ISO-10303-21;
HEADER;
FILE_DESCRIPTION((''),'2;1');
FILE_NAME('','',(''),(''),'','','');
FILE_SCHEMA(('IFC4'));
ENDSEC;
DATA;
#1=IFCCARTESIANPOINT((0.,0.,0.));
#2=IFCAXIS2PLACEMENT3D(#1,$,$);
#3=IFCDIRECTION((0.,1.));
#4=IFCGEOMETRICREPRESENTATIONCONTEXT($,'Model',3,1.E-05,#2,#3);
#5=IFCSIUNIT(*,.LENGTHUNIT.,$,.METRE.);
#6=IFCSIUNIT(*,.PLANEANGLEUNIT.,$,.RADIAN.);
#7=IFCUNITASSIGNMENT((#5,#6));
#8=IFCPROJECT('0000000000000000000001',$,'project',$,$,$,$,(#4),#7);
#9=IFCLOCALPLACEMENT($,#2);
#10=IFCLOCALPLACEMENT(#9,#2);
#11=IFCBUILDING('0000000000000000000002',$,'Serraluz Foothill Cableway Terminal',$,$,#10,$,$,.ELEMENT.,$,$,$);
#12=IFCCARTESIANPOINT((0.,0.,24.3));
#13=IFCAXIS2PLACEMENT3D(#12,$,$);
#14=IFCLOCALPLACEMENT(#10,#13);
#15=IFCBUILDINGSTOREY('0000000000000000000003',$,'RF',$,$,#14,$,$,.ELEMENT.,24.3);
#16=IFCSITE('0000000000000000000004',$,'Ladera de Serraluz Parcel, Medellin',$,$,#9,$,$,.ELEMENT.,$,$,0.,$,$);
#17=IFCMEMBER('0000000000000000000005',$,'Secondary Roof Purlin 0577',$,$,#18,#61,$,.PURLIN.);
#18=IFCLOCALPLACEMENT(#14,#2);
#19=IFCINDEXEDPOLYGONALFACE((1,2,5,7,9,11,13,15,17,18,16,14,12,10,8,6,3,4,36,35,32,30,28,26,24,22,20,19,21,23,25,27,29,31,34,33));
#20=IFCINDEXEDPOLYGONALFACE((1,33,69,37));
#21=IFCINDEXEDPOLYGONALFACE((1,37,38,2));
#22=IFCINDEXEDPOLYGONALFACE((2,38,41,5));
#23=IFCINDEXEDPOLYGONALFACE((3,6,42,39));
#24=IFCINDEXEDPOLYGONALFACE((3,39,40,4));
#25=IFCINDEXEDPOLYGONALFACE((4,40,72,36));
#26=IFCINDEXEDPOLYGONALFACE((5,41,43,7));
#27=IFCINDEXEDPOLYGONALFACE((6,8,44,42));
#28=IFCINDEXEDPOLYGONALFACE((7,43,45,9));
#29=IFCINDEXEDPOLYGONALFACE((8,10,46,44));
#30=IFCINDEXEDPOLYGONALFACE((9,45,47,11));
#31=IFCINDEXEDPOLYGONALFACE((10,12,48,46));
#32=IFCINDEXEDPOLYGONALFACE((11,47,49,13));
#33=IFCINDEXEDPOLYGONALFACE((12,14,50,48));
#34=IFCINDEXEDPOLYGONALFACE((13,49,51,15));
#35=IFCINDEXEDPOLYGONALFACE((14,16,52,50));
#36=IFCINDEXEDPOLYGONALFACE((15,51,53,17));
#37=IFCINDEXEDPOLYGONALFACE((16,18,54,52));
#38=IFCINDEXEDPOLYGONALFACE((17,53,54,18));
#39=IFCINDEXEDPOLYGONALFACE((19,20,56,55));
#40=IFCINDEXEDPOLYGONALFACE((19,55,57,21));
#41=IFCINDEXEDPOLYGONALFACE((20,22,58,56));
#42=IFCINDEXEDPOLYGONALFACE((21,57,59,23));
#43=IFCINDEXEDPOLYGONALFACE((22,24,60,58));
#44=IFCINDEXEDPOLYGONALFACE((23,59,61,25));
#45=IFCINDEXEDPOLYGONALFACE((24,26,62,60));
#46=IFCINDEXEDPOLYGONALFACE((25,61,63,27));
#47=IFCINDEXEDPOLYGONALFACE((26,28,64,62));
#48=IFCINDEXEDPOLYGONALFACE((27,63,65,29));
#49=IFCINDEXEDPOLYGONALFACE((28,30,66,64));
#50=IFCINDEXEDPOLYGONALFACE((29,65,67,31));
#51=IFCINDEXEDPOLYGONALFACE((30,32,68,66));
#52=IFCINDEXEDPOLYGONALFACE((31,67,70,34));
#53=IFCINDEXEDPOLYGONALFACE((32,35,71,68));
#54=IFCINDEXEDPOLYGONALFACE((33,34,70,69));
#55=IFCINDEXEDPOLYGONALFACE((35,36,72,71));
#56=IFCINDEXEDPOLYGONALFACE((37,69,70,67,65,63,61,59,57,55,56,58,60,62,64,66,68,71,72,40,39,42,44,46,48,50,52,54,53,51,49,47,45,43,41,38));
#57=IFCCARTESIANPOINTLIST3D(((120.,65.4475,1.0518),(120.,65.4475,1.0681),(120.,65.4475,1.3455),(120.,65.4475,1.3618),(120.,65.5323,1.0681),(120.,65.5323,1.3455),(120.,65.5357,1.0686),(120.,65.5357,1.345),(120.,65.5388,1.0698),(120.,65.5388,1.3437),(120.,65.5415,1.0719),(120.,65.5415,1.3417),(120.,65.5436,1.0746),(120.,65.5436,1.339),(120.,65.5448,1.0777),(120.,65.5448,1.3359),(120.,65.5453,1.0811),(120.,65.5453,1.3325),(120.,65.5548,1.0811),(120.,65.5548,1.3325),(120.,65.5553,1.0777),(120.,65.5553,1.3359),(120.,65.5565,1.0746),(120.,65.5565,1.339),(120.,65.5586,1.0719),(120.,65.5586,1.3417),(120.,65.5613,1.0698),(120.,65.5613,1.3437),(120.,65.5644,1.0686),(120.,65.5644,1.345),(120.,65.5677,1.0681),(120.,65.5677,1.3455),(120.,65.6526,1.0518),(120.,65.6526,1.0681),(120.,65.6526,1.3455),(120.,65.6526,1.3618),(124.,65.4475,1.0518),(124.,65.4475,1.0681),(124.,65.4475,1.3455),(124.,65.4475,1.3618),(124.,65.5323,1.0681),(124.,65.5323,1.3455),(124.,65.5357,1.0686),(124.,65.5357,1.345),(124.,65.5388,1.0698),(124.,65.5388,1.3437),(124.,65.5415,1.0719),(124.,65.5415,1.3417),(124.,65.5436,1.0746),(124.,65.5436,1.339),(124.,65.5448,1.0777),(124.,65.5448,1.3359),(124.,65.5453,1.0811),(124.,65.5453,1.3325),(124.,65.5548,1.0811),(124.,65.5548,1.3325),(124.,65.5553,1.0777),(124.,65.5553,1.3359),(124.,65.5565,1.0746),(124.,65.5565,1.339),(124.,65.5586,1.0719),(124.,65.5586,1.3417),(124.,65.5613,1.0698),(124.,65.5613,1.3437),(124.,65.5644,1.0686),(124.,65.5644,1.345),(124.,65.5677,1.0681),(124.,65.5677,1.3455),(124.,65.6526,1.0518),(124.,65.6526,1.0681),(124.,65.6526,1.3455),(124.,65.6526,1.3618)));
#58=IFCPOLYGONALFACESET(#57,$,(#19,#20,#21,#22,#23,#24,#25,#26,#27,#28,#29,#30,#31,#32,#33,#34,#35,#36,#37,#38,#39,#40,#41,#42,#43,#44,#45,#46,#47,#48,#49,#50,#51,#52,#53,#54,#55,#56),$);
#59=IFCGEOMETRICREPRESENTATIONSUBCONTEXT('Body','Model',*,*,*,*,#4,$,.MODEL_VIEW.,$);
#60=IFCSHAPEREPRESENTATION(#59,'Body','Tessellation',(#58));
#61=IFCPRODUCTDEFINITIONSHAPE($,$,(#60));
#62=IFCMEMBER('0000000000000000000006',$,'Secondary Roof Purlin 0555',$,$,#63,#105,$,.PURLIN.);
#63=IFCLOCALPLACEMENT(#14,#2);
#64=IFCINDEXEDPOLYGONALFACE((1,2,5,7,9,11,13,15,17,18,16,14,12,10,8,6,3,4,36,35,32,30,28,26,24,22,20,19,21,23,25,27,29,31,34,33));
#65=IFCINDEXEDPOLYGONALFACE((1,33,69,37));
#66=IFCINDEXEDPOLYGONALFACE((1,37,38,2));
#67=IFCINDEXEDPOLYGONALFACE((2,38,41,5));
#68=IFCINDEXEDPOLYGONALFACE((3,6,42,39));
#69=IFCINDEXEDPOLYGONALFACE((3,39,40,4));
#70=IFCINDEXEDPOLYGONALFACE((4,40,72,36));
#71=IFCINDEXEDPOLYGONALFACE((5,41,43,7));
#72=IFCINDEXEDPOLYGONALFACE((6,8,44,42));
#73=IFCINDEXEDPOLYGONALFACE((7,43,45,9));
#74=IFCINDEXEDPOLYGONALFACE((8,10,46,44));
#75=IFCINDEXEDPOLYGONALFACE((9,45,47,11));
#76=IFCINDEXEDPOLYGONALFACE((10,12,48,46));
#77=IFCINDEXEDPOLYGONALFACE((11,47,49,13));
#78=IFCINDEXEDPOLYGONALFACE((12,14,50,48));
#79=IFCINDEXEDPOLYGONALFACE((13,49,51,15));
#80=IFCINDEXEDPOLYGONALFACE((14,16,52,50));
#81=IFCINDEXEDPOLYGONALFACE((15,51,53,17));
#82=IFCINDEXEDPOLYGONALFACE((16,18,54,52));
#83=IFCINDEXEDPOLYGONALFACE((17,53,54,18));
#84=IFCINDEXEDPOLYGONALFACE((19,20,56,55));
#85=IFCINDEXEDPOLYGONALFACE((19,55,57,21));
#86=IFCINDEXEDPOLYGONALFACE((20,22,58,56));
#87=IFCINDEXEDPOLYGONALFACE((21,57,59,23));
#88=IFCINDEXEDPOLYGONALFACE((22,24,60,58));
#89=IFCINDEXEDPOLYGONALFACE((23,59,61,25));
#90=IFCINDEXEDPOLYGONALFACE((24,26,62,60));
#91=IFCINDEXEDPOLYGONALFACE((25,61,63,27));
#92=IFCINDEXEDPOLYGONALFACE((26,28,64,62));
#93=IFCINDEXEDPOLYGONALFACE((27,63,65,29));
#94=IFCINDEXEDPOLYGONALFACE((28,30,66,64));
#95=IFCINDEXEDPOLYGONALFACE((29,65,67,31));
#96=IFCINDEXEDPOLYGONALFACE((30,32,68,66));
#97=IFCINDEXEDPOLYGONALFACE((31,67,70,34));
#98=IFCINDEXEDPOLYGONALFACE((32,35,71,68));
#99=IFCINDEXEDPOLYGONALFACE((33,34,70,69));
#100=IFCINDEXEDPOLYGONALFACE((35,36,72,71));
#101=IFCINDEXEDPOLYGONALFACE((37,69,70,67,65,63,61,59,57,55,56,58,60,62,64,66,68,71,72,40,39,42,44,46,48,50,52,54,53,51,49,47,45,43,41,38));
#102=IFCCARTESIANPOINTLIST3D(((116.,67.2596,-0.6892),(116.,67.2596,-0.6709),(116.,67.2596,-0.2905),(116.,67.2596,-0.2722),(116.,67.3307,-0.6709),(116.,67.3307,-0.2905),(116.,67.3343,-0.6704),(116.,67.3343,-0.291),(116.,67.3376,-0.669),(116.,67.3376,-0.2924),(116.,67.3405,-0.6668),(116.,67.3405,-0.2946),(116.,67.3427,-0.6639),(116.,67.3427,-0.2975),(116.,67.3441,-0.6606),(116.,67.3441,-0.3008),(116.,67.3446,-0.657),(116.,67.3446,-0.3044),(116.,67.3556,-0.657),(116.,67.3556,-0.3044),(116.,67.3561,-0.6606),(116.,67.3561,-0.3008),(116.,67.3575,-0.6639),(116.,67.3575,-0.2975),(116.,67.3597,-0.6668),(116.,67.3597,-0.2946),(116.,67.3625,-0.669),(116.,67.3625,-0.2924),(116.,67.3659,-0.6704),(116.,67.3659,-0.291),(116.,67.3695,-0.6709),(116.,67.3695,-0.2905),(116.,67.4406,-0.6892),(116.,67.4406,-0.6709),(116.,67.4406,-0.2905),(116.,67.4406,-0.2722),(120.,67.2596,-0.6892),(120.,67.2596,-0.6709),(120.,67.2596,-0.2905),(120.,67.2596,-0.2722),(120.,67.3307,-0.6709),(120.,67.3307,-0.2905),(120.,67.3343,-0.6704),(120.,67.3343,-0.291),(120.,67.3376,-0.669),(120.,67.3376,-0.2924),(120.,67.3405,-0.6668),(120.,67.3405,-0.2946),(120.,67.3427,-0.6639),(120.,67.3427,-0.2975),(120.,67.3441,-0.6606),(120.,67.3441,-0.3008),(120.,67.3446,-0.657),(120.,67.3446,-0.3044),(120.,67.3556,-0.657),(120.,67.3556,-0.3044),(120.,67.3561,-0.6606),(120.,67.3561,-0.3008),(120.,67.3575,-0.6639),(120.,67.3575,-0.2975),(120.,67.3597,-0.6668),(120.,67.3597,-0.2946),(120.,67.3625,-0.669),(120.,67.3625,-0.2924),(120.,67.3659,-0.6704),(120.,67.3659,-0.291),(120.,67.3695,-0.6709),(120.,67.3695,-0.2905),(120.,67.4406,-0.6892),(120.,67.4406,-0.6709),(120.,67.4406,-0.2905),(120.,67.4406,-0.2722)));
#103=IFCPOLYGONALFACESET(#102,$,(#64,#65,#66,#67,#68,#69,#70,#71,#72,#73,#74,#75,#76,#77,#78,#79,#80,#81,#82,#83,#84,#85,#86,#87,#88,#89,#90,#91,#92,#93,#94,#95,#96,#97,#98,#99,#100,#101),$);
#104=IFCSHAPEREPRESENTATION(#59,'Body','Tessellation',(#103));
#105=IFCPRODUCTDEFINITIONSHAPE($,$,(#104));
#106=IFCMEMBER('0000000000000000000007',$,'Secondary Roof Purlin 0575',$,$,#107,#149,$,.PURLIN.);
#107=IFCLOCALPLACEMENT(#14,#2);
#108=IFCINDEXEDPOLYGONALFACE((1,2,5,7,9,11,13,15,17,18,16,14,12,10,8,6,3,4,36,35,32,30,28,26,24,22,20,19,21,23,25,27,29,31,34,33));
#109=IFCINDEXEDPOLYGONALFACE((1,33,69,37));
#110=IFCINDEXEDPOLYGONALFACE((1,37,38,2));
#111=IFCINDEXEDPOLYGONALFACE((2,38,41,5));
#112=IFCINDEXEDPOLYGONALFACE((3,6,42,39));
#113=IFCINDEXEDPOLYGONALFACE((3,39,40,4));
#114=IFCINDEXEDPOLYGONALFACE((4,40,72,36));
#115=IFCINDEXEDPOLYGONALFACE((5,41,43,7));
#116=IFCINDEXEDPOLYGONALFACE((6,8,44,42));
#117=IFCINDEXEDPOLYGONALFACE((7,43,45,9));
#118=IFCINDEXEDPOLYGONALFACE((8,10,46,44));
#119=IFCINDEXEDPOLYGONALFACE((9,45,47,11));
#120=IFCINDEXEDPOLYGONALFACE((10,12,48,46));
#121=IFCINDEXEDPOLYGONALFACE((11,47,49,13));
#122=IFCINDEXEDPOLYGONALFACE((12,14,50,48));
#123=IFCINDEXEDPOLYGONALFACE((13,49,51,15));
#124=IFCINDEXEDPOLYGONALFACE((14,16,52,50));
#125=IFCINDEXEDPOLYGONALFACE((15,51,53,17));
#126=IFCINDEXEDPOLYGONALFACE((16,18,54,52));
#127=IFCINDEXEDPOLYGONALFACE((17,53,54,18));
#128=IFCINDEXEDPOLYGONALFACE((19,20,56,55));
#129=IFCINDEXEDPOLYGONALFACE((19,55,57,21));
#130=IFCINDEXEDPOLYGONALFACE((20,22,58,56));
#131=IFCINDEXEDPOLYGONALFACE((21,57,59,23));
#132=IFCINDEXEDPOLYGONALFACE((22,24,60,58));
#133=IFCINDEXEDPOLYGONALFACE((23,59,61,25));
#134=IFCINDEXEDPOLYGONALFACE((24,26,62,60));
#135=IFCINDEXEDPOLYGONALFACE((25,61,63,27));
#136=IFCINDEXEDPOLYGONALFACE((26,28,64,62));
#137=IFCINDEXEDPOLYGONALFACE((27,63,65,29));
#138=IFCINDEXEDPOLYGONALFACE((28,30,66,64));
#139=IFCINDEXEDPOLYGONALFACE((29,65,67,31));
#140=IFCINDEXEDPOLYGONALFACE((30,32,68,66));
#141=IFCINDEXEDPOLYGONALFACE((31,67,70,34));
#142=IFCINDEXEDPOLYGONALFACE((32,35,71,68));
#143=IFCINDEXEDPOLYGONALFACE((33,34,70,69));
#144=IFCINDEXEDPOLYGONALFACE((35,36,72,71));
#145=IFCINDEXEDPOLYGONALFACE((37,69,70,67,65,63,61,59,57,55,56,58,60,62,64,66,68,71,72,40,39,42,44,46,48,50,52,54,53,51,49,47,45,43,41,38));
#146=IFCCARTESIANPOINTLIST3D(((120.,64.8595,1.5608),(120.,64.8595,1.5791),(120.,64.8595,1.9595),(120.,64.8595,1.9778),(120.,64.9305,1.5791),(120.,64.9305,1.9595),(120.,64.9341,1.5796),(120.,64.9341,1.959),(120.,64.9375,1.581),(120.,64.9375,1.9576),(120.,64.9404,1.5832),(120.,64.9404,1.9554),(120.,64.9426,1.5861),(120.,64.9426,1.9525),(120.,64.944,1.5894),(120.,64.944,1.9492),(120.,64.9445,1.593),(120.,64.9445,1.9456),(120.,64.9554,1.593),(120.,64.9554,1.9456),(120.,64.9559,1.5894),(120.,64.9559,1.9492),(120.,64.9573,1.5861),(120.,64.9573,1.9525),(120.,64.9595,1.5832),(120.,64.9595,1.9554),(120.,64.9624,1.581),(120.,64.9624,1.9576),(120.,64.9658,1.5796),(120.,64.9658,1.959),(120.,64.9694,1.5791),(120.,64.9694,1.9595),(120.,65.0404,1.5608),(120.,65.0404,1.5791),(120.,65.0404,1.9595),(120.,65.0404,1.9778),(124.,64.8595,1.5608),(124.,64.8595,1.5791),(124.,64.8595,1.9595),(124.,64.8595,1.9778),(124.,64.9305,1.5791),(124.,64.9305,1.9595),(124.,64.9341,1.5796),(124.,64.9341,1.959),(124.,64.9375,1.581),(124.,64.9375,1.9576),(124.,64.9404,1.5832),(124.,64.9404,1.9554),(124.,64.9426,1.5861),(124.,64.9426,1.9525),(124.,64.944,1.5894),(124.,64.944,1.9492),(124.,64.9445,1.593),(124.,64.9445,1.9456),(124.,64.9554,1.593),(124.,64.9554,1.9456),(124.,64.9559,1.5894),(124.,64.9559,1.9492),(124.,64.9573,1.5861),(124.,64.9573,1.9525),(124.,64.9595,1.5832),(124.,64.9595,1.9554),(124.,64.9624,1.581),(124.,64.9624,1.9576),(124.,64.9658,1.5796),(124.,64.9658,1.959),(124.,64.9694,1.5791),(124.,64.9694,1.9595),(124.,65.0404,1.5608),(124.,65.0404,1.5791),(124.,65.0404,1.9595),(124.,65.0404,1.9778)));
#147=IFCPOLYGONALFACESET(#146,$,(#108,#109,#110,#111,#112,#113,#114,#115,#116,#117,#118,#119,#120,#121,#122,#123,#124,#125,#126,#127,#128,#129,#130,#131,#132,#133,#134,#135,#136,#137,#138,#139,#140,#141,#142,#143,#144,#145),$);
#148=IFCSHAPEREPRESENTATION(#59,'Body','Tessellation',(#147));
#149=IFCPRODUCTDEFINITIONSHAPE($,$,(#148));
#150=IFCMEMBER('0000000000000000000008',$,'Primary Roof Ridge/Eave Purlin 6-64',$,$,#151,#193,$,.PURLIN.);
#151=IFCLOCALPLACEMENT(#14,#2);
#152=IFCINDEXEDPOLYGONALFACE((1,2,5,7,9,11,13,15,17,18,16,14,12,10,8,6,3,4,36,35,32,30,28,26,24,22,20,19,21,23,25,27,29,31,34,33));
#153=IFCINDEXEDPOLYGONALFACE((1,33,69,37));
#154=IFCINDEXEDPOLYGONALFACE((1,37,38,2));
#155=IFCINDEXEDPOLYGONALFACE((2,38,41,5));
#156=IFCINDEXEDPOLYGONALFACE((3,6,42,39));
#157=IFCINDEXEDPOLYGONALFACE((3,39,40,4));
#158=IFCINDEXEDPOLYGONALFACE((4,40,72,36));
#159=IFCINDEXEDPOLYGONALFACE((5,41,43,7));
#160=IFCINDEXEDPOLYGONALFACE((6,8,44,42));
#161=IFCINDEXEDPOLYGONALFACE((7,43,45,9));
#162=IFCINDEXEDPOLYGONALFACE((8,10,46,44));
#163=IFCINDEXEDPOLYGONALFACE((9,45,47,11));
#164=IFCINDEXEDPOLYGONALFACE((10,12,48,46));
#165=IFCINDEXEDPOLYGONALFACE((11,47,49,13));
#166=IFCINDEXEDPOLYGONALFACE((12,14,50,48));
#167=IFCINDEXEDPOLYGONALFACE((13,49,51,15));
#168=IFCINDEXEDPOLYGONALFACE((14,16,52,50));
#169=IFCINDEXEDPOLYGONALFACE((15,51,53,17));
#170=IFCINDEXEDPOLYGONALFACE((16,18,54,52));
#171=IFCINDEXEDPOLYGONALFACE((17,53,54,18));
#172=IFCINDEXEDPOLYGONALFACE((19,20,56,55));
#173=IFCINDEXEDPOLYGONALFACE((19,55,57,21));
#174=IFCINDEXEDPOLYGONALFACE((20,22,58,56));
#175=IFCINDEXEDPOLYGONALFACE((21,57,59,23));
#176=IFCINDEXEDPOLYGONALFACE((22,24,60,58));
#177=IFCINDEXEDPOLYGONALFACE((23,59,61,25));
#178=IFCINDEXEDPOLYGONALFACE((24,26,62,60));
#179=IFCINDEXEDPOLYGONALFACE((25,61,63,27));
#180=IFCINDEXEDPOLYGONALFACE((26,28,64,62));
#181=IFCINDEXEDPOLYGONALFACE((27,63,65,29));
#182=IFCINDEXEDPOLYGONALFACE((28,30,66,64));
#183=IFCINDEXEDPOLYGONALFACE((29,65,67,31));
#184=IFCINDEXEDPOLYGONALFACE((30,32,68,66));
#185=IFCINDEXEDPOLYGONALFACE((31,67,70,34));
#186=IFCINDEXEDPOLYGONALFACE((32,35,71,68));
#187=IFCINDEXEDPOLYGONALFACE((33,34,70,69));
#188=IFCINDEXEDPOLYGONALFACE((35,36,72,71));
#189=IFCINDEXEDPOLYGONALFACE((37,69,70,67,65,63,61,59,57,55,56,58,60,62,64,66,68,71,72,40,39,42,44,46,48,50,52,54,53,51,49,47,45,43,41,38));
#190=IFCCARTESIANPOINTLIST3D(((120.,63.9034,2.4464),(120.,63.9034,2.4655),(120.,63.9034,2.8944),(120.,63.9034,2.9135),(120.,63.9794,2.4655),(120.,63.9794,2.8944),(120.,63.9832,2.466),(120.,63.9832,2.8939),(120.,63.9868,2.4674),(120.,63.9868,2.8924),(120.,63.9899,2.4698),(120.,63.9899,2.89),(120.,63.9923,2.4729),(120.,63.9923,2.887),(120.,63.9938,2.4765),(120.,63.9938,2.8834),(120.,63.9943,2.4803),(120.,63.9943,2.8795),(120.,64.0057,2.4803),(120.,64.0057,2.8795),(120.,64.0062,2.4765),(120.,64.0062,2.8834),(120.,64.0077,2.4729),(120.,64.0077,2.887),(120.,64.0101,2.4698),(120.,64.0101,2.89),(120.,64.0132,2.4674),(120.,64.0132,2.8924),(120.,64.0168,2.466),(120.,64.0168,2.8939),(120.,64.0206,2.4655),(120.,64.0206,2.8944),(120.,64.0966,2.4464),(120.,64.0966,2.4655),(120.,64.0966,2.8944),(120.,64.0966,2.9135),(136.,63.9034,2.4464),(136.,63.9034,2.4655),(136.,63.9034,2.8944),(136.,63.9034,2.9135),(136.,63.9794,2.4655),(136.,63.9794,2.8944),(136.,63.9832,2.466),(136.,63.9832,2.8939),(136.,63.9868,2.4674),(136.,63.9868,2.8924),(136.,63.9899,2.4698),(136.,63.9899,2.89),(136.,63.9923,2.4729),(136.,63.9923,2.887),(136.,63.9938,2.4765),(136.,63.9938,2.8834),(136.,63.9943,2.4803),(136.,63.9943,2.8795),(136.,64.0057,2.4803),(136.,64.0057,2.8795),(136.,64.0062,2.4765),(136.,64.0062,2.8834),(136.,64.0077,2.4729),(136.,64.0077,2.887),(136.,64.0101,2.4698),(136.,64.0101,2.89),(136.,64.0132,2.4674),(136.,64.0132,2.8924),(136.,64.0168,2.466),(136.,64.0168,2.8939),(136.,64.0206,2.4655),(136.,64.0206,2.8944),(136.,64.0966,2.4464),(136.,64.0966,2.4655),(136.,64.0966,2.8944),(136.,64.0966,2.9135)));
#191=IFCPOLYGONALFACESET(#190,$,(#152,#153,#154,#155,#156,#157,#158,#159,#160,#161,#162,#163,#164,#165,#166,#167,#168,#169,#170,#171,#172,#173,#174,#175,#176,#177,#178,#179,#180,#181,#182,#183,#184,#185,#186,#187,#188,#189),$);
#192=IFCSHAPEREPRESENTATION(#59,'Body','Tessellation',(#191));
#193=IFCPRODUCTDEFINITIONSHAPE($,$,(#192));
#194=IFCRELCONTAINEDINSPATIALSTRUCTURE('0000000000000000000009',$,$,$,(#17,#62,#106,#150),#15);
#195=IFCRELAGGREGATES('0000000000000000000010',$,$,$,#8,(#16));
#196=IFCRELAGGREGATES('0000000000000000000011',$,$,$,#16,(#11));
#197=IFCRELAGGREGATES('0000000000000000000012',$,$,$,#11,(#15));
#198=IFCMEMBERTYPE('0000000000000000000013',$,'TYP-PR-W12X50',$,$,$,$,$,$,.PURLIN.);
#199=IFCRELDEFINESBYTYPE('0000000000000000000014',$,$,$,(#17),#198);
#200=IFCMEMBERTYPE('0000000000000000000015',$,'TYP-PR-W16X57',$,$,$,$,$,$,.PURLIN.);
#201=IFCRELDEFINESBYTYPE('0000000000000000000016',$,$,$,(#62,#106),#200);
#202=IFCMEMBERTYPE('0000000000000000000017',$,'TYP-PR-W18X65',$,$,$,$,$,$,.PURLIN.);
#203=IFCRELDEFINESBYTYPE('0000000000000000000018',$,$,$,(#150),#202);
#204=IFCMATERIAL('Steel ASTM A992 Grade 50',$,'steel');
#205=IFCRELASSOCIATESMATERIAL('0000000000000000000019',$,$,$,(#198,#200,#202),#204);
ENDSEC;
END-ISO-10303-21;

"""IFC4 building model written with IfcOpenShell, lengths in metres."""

from ifc_helpers import new_model, si_unit, direction, frame, origin, origin_2d, place, context, subcontext, project, spatial, i_section, extrude, material, material_profile, profile_set, type_object, element, save


model = new_model("IFC4")

# Units and contexts
model_context = context("Model", 3, precision=1e-05, world=origin(), true_north=direction((0.0, 1.0)))
body_context = subcontext(model_context, "Body", "Model", "MODEL_VIEW")
ifc_project = project(units=[si_unit("LENGTHUNIT", "METRE"), si_unit("PLANEANGLEUNIT", "RADIAN")], contexts=[model_context])

# Site, building, storey
site_placement = place(None, origin())
site = spatial("IfcSite", under=ifc_project, at=site_placement, Name="Ladera de Serraluz Parcel, Medellin", CompositionType="ELEMENT", RefElevation=0.0)
building_placement = place(site_placement, origin())
building = spatial("IfcBuilding", under=site, at=building_placement, Name="Serraluz Foothill Cableway Terminal", CompositionType="ELEMENT")
storey_placement = place(building_placement, frame((0.0, 0.0, 24.3)))
storey = spatial("IfcBuildingStorey", under=building, at=storey_placement, Name="RF", CompositionType="ELEMENT", Elevation=24.3)

# Members
ifc_material_1 = material(Name="Steel ASTM A992 Grade 50", Category="steel")
ifc_material_profile_1 = material_profile(ifc_material_1, i_section(OverallWidth=0.2051, OverallDepth=0.3101, WebThickness=0.0095, FlangeThickness=0.0164, FilletRadius=0.0129, at=origin_2d()), Name="W12X50")
ifc_profile_set_1 = profile_set([ifc_material_profile_1], Name="Steel ASTM A992 Grade 50")
member_type_1 = type_object("IfcMemberType", Name="TYP-PR-W12X50", PredefinedType="PURLIN", material=ifc_profile_set_1)
for number, where, z_axis, x_axis, name in (
    (1, (120.0, 65.55, 1.2068), (1.0, 0.0, 0.0), (0.0, 1.0, 0.0), "Secondary Roof Purlin 0577"),
):
    element("IfcMember", number, at=place(storey_placement, frame(where, z_axis=z_axis, x_axis=x_axis)), inside=storey, type_object=member_type_1, Name=name, PredefinedType="PURLIN", context=body_context, shape_type="SweptSolid", body=[
        extrude(i_section(OverallWidth=0.2051, OverallDepth=0.3101, WebThickness=0.0095, FlangeThickness=0.0164, FilletRadius=0.0129, at=origin_2d()), origin(), (0.0, 0.0, 1.0), 4.0),
    ])
ifc_material_profile_2 = material_profile(ifc_material_1, i_section(OverallWidth=0.1809, OverallDepth=0.417, WebThickness=0.011, FlangeThickness=0.0183, FilletRadius=0.0139, at=origin_2d()), Name="W16X57")
ifc_profile_set_2 = profile_set([ifc_material_profile_2], Name="Steel ASTM A992 Grade 50")
member_type_2 = type_object("IfcMemberType", Name="TYP-PR-W16X57", PredefinedType="PURLIN", material=ifc_profile_set_2)
for number, where, z_axis, x_axis, name in (
    (2, (116.0, 67.3501, -0.4807), (1.0, 0.0, 0.0), (0.0, 1.0, 0.0), "Secondary Roof Purlin 0555"),
    (3, (120.0, 64.95, 1.7693), (1.0, 0.0, 0.0), (0.0, 1.0, 0.0), "Secondary Roof Purlin 0575"),
):
    element("IfcMember", number, at=place(storey_placement, frame(where, z_axis=z_axis, x_axis=x_axis)), inside=storey, type_object=member_type_2, Name=name, PredefinedType="PURLIN", context=body_context, shape_type="SweptSolid", body=[
        extrude(i_section(OverallWidth=0.1809, OverallDepth=0.417, WebThickness=0.011, FlangeThickness=0.0183, FilletRadius=0.0139, at=origin_2d()), origin(), (0.0, 0.0, 1.0), 4.0),
    ])
ifc_material_profile_3 = material_profile(ifc_material_1, i_section(OverallWidth=0.1931, OverallDepth=0.467, WebThickness=0.0115, FlangeThickness=0.019, FilletRadius=0.0149, at=origin_2d()), Name="W18X65")
ifc_profile_set_3 = profile_set([ifc_material_profile_3], Name="Steel ASTM A992 Grade 50")
member_type_3 = type_object("IfcMemberType", Name="TYP-PR-W18X65", PredefinedType="PURLIN", material=ifc_profile_set_3)
member_1_placement = place(storey_placement, frame((120.0, 64.0, 2.6799), z_axis=(1.0, 0.0, 0.0), x_axis=(0.0, 1.0, 0.0)))
element("IfcMember", 4, at=member_1_placement, inside=storey, type_object=member_type_3, Name="Primary Roof Ridge/Eave Purlin 6-64", PredefinedType="PURLIN", context=body_context, shape_type="SweptSolid", body=[
    extrude(i_section(OverallWidth=0.1931, OverallDepth=0.467, WebThickness=0.0115, FlangeThickness=0.019, FilletRadius=0.0149, at=origin_2d()), origin(), (0.0, 0.0, 1.0), 16.0),
])

save(model, "model.ifc")
